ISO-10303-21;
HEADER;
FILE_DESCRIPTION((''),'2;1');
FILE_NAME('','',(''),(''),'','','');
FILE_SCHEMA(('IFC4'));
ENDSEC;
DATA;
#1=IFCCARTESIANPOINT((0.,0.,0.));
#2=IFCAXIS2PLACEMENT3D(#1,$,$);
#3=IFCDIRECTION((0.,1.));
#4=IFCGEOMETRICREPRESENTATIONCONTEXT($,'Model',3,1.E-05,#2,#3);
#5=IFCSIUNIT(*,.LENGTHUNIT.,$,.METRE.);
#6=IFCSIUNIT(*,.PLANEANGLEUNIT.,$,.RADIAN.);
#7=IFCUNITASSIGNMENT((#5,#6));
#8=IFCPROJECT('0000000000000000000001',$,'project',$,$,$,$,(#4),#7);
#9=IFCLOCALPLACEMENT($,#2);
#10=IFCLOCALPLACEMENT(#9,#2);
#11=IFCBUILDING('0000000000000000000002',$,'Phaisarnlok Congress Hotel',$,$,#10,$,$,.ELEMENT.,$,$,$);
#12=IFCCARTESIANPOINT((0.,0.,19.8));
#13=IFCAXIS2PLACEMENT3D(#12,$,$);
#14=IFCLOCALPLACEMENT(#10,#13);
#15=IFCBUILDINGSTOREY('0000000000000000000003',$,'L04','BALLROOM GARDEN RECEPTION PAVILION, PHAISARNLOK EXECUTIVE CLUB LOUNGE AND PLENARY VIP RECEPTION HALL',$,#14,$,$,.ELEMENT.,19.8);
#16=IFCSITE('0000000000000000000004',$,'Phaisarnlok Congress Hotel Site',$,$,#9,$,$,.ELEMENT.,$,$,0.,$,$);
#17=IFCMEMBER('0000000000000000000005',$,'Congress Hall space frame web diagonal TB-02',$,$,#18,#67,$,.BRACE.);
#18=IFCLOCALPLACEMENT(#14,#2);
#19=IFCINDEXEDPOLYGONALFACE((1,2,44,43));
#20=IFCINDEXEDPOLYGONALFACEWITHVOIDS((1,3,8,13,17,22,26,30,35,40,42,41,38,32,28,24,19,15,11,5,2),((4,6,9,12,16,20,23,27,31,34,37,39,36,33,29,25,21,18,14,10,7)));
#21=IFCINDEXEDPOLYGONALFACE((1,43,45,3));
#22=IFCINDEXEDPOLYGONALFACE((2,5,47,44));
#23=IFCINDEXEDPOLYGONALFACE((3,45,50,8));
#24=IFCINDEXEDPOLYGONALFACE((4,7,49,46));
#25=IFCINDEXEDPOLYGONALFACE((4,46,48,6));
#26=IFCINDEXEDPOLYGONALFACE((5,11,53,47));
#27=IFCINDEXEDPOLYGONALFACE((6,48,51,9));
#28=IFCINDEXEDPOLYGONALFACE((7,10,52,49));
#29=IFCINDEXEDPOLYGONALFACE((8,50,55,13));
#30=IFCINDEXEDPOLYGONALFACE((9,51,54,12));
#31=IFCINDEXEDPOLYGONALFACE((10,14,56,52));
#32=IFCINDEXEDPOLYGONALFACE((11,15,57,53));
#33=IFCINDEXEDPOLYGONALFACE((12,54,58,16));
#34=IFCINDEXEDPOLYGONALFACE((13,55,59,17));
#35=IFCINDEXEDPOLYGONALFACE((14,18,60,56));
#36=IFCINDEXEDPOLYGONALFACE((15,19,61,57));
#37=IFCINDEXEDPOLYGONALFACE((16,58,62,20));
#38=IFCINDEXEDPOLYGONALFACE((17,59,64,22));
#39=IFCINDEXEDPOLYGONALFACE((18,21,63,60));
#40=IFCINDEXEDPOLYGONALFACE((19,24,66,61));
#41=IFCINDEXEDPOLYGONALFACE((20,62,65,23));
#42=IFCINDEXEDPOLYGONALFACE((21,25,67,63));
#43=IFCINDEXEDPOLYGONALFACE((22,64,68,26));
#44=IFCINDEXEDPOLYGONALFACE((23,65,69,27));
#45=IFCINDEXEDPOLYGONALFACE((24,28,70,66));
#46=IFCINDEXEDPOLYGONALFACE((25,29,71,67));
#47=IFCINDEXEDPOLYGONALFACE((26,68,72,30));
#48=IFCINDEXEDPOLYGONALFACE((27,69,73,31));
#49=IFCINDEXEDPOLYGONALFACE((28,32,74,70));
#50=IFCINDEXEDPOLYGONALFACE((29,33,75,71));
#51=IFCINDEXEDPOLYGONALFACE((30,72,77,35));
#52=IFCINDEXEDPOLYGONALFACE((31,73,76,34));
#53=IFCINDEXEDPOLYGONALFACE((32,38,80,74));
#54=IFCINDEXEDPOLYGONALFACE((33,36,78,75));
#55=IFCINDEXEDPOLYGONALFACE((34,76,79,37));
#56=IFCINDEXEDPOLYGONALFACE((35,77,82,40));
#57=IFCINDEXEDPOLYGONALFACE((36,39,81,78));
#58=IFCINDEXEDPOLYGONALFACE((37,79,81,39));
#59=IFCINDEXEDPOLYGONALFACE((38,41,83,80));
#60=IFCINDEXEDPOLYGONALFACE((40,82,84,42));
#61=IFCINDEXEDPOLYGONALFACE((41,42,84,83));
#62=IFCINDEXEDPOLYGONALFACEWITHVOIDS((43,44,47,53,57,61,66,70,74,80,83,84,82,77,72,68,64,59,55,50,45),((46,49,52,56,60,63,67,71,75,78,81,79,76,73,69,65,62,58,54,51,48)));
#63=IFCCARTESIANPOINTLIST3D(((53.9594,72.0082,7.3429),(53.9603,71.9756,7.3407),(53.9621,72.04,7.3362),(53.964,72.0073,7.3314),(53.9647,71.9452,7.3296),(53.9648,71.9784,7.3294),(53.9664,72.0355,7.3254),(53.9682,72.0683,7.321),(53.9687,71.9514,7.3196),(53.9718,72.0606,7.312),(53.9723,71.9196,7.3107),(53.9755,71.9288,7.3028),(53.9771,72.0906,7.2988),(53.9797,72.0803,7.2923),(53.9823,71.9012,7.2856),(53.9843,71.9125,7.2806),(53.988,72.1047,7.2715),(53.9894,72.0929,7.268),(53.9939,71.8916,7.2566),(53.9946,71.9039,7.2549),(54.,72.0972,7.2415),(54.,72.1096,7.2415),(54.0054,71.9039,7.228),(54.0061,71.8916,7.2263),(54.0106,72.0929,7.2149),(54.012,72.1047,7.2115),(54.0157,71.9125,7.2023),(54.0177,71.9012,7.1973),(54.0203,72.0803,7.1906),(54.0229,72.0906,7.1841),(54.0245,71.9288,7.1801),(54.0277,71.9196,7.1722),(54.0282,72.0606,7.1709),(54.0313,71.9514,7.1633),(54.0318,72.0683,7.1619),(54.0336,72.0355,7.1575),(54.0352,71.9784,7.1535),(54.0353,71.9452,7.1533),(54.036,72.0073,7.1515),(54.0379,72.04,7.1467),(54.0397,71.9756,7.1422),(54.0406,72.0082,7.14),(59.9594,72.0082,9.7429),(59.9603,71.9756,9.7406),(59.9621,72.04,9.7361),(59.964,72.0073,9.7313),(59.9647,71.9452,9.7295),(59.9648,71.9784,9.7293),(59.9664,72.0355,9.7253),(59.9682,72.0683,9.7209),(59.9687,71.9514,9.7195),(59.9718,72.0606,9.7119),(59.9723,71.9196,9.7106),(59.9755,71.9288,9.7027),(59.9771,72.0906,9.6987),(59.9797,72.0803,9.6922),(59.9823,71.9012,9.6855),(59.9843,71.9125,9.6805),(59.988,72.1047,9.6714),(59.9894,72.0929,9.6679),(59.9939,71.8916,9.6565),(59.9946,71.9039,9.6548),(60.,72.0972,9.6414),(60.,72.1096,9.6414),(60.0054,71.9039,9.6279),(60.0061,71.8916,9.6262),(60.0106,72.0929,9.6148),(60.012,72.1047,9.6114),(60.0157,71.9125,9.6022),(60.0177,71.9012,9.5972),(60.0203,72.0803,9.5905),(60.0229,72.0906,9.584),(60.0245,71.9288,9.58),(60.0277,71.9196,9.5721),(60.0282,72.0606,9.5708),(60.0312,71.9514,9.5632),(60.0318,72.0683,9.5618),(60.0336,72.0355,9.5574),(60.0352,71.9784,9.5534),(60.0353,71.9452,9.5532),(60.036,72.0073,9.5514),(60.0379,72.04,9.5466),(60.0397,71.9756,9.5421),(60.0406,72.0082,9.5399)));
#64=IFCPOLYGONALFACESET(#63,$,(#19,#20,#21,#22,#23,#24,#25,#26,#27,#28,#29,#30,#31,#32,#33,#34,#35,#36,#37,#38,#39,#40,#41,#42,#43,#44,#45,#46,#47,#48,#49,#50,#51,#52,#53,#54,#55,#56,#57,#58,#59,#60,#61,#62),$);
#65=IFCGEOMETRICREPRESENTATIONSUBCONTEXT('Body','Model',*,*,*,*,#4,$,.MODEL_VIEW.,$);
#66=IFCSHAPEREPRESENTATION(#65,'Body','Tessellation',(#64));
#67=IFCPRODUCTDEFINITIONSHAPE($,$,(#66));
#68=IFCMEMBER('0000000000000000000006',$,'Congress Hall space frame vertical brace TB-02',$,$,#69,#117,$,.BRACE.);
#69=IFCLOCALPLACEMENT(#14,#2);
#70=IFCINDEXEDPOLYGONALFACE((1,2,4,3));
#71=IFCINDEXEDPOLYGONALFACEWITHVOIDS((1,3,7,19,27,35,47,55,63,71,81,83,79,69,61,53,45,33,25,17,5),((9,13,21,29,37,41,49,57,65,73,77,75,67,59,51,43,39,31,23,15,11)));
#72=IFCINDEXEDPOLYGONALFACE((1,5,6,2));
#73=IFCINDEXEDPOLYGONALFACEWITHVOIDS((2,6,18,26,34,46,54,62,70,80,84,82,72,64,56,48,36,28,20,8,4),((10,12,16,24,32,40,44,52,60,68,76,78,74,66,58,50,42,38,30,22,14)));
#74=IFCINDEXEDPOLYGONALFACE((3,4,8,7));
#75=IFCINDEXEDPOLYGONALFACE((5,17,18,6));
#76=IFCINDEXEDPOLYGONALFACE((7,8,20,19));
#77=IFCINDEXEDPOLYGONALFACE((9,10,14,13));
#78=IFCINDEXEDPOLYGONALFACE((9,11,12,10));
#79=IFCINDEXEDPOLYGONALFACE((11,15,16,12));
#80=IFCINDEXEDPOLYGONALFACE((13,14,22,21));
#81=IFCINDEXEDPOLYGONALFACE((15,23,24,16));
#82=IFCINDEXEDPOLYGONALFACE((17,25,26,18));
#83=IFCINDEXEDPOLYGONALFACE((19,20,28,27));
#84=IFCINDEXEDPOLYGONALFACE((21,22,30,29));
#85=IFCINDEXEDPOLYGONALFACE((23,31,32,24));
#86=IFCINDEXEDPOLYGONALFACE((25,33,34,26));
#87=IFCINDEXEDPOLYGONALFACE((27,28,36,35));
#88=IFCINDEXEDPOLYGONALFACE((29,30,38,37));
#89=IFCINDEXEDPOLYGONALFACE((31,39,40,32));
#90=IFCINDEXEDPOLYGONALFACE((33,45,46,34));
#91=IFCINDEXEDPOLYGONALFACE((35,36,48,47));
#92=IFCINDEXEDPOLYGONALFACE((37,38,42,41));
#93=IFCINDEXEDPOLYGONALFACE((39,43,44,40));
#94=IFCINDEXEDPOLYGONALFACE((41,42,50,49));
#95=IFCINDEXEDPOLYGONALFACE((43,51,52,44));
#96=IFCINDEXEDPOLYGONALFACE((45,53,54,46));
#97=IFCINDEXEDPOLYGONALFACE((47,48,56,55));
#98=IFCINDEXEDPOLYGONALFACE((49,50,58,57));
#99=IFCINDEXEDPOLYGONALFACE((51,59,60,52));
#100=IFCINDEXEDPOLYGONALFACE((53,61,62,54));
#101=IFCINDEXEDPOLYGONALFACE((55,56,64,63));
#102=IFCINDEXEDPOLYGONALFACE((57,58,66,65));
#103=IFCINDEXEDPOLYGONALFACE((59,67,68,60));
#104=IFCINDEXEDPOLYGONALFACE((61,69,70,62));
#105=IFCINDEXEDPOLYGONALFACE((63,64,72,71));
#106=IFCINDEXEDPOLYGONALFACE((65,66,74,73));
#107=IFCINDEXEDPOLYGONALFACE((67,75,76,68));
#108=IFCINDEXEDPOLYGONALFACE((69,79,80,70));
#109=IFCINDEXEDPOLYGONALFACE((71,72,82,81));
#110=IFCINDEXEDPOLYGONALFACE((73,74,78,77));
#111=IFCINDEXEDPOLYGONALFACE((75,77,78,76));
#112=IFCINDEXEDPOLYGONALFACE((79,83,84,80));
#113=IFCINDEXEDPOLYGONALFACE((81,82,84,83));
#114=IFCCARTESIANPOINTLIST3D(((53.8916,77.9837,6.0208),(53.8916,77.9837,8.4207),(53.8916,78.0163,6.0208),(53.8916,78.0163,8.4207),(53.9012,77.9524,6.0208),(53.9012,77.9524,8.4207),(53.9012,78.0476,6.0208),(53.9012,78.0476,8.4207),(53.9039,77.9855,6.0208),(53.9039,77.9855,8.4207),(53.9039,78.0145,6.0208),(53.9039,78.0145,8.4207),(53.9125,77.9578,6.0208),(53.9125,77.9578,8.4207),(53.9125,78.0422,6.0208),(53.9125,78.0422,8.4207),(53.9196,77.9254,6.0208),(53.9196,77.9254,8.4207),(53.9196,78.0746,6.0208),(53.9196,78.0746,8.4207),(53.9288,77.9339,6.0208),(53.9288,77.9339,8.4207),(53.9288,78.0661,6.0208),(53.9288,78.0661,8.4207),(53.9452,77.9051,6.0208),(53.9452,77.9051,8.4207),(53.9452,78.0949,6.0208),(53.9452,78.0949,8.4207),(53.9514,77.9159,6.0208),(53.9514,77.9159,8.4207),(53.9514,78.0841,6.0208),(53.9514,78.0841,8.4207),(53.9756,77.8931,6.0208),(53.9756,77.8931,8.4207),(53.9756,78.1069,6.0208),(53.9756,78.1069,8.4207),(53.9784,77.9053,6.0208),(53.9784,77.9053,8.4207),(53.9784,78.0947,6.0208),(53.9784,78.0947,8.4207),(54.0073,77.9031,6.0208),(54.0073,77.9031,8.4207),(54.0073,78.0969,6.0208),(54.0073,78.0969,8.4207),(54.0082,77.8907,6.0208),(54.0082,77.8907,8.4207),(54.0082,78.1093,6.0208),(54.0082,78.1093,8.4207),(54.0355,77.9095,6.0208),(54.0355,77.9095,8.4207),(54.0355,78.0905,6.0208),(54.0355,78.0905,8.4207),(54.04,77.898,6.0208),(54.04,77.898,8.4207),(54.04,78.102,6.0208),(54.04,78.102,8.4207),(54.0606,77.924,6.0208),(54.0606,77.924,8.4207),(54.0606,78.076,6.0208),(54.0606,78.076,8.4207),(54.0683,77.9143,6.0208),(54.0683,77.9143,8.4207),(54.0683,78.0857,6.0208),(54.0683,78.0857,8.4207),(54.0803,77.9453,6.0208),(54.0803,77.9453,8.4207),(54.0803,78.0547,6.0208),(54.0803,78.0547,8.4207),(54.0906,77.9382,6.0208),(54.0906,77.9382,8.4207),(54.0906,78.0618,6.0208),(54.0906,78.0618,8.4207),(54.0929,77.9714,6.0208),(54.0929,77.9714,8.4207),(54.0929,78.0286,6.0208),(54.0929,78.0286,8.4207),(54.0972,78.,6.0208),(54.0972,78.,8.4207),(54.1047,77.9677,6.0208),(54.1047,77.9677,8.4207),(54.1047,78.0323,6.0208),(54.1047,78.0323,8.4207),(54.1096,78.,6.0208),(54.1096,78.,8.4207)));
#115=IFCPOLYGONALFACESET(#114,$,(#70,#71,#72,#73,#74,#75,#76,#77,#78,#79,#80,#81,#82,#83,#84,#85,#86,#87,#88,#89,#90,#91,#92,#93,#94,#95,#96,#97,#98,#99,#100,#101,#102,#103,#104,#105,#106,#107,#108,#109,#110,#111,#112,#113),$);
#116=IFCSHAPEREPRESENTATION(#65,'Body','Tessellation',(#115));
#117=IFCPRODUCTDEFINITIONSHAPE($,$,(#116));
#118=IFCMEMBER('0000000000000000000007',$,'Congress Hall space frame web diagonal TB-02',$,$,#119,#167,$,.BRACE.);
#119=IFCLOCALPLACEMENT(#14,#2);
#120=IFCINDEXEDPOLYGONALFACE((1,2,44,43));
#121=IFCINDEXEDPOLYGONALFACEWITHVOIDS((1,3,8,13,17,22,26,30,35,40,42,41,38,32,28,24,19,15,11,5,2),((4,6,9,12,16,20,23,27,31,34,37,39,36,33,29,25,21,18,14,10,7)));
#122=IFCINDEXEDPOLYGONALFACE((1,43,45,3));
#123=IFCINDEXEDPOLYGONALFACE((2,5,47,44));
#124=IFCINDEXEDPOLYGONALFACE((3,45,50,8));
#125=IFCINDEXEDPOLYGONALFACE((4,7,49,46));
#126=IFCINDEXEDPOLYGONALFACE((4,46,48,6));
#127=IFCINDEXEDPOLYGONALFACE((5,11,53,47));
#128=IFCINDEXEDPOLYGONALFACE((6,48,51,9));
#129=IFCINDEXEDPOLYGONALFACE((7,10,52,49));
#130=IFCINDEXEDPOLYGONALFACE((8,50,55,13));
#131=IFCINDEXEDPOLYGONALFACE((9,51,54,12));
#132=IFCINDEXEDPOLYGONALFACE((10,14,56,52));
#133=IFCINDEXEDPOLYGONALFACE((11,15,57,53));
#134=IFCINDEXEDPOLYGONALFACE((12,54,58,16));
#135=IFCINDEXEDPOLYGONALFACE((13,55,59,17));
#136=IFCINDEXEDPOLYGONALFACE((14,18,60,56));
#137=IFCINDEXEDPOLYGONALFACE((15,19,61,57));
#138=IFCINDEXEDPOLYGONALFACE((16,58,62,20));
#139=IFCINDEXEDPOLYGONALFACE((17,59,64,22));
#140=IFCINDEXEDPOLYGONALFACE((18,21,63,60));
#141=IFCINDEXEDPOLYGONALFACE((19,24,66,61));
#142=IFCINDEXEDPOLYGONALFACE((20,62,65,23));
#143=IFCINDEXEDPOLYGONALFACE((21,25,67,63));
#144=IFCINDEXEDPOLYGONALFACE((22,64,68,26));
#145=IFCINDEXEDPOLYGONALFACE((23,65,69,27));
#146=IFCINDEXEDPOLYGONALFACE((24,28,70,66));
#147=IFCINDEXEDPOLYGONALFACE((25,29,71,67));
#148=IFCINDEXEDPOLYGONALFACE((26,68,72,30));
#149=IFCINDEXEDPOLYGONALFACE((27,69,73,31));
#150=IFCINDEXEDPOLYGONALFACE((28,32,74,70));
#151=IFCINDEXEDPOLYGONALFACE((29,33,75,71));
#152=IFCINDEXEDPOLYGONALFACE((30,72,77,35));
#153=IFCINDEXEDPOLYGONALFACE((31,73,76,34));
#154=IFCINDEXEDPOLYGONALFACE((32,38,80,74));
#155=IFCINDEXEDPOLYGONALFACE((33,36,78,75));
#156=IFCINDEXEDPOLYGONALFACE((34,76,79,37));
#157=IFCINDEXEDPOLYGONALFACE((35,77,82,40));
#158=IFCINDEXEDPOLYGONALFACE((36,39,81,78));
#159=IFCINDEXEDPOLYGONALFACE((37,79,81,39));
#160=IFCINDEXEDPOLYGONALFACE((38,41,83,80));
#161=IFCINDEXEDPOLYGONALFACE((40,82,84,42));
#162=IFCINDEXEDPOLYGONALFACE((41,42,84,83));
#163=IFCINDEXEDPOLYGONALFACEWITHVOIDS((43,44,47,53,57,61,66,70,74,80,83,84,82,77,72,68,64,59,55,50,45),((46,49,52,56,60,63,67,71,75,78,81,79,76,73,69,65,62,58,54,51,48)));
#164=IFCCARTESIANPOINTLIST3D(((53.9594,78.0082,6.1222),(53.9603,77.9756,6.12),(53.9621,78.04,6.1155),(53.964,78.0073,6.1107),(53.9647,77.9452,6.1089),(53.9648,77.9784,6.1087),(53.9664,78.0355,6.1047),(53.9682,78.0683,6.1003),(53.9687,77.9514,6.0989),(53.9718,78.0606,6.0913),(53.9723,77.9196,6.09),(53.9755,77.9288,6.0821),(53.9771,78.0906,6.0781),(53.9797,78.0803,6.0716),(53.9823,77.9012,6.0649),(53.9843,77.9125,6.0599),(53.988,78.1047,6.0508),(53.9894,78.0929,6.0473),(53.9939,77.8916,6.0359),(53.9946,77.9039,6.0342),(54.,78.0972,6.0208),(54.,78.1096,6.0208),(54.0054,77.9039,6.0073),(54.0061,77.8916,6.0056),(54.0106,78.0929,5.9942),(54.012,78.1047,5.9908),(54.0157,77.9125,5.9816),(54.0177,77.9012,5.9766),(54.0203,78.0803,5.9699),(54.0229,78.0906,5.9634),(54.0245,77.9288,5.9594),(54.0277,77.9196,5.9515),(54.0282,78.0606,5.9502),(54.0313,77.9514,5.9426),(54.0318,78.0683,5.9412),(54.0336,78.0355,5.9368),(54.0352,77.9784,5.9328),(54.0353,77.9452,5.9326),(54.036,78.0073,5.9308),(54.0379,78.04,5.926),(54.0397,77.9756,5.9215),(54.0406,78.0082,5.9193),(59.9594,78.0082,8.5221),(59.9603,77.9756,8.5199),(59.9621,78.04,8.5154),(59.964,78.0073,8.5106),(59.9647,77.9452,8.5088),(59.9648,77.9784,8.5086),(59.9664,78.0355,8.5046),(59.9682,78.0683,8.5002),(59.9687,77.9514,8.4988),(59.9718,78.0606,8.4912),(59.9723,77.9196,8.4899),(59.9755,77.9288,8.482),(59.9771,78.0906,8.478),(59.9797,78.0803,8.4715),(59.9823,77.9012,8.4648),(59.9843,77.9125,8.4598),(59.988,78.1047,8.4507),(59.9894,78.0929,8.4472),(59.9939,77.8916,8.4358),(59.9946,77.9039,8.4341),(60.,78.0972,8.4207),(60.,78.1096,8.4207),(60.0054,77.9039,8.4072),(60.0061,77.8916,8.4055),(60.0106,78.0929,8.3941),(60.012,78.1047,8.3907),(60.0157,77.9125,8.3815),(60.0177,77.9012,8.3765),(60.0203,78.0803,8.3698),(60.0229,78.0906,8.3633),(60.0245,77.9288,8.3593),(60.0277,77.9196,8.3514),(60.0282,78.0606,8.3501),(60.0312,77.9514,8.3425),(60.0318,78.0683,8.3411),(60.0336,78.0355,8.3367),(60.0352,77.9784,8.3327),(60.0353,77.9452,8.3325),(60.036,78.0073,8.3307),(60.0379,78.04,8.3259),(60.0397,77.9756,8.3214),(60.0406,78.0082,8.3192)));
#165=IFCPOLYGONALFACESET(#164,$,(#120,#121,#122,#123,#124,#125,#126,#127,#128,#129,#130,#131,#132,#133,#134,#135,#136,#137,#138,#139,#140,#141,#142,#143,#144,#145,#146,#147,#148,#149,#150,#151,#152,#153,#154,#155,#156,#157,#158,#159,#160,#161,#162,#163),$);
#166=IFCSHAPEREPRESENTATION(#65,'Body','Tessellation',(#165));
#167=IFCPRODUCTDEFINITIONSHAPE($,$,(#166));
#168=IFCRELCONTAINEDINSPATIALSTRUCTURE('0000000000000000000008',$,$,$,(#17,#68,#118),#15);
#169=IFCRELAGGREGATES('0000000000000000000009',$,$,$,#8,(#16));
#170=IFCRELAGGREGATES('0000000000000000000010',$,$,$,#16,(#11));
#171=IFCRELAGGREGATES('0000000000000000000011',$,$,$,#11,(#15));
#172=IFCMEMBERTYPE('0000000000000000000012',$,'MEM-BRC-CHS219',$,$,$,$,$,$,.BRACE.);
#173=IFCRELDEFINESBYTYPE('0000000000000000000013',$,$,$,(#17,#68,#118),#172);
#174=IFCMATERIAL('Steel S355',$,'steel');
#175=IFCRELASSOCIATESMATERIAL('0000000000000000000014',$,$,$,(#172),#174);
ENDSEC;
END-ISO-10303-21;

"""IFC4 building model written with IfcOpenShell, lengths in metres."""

from ifc_helpers import new_model, si_unit, direction, frame, origin, origin_2d, place, context, subcontext, project, spatial, hollow_circle, extrude, material, material_profile, profile_set, type_object, element, save


model = new_model("IFC4")

# Units and contexts
model_context = context("Model", 3, precision=1e-05, world=origin(), true_north=direction((0.0, 1.0)))
body_context = subcontext(model_context, "Body", "Model", "MODEL_VIEW")
ifc_project = project(units=[si_unit("LENGTHUNIT", "METRE"), si_unit("PLANEANGLEUNIT", "RADIAN")], contexts=[model_context])

# Site, building, storey
site_placement = place(None, origin())
site = spatial("IfcSite", under=ifc_project, at=site_placement, Name="Phaisarnlok Congress Hotel Site", CompositionType="ELEMENT", RefElevation=0.0)
building_placement = place(site_placement, origin())
building = spatial("IfcBuilding", under=site, at=building_placement, Name="Phaisarnlok Congress Hotel", CompositionType="ELEMENT")
storey_placement = place(building_placement, frame((0.0, 0.0, 19.8)))
storey = spatial("IfcBuildingStorey", under=building, at=storey_placement, Name="L04", Description="BALLROOM GARDEN RECEPTION PAVILION, PHAISARNLOK EXECUTIVE CLUB LOUNGE AND PLENARY VIP RECEPTION HALL", CompositionType="ELEMENT", Elevation=19.8)

# Members
ifc_material = material(Name="Steel S355", Category="steel")
ifc_material_profile_1 = material_profile(ifc_material, hollow_circle(Radius=0.1096, WallThickness=0.0125, at=origin_2d()), Name="CHS 219.1x12.5")
ifc_profile_set_1 = profile_set([ifc_material_profile_1], Name="Steel S355")
member_type_1 = type_object("IfcMemberType", Name="MEM-BRC-CHS219", PredefinedType="BRACE", material=ifc_profile_set_1)
member_1_placement = place(storey_placement, frame((54.0, 72.0, 7.2415), z_axis=(0.928482, 0.0, 0.371378), x_axis=(0.0, 1.0, 0.0)))
element("IfcMember", 1, at=member_1_placement, inside=storey, type_object=member_type_1, Name="Congress Hall space frame web diagonal TB-02", PredefinedType="BRACE", context=body_context, shape_type="SweptSolid", body=[
    extrude(hollow_circle(Radius=0.1096, WallThickness=0.0125, at=origin_2d()), origin(), (0.0, 0.0, 1.0), 6.4622),
])
member_2_placement = place(storey_placement, frame((54.0, 78.0, 6.0208), z_axis=(0.0, 0.0, 1.0), x_axis=(1.0, 0.0, 0.0)))
element("IfcMember", 2, at=member_2_placement, inside=storey, type_object=member_type_1, Name="Congress Hall space frame vertical brace TB-02", PredefinedType="BRACE", context=body_context, shape_type="SweptSolid", body=[
    extrude(hollow_circle(Radius=0.1096, WallThickness=0.0125, at=origin_2d()), origin(), (0.0, 0.0, 1.0), 2.3999),
])
member_3_placement = place(storey_placement, frame((54.0, 78.0, 6.0208), z_axis=(0.928482, 0.0, 0.371378), x_axis=(0.0, 1.0, 0.0)))
element("IfcMember", 3, at=member_3_placement, inside=storey, type_object=member_type_1, Name="Congress Hall space frame web diagonal TB-02", PredefinedType="BRACE", context=body_context, shape_type="SweptSolid", body=[
    extrude(hollow_circle(Radius=0.1096, WallThickness=0.0125, at=origin_2d()), origin(), (0.0, 0.0, 1.0), 6.4622),
])

save(model, "model.ifc")
